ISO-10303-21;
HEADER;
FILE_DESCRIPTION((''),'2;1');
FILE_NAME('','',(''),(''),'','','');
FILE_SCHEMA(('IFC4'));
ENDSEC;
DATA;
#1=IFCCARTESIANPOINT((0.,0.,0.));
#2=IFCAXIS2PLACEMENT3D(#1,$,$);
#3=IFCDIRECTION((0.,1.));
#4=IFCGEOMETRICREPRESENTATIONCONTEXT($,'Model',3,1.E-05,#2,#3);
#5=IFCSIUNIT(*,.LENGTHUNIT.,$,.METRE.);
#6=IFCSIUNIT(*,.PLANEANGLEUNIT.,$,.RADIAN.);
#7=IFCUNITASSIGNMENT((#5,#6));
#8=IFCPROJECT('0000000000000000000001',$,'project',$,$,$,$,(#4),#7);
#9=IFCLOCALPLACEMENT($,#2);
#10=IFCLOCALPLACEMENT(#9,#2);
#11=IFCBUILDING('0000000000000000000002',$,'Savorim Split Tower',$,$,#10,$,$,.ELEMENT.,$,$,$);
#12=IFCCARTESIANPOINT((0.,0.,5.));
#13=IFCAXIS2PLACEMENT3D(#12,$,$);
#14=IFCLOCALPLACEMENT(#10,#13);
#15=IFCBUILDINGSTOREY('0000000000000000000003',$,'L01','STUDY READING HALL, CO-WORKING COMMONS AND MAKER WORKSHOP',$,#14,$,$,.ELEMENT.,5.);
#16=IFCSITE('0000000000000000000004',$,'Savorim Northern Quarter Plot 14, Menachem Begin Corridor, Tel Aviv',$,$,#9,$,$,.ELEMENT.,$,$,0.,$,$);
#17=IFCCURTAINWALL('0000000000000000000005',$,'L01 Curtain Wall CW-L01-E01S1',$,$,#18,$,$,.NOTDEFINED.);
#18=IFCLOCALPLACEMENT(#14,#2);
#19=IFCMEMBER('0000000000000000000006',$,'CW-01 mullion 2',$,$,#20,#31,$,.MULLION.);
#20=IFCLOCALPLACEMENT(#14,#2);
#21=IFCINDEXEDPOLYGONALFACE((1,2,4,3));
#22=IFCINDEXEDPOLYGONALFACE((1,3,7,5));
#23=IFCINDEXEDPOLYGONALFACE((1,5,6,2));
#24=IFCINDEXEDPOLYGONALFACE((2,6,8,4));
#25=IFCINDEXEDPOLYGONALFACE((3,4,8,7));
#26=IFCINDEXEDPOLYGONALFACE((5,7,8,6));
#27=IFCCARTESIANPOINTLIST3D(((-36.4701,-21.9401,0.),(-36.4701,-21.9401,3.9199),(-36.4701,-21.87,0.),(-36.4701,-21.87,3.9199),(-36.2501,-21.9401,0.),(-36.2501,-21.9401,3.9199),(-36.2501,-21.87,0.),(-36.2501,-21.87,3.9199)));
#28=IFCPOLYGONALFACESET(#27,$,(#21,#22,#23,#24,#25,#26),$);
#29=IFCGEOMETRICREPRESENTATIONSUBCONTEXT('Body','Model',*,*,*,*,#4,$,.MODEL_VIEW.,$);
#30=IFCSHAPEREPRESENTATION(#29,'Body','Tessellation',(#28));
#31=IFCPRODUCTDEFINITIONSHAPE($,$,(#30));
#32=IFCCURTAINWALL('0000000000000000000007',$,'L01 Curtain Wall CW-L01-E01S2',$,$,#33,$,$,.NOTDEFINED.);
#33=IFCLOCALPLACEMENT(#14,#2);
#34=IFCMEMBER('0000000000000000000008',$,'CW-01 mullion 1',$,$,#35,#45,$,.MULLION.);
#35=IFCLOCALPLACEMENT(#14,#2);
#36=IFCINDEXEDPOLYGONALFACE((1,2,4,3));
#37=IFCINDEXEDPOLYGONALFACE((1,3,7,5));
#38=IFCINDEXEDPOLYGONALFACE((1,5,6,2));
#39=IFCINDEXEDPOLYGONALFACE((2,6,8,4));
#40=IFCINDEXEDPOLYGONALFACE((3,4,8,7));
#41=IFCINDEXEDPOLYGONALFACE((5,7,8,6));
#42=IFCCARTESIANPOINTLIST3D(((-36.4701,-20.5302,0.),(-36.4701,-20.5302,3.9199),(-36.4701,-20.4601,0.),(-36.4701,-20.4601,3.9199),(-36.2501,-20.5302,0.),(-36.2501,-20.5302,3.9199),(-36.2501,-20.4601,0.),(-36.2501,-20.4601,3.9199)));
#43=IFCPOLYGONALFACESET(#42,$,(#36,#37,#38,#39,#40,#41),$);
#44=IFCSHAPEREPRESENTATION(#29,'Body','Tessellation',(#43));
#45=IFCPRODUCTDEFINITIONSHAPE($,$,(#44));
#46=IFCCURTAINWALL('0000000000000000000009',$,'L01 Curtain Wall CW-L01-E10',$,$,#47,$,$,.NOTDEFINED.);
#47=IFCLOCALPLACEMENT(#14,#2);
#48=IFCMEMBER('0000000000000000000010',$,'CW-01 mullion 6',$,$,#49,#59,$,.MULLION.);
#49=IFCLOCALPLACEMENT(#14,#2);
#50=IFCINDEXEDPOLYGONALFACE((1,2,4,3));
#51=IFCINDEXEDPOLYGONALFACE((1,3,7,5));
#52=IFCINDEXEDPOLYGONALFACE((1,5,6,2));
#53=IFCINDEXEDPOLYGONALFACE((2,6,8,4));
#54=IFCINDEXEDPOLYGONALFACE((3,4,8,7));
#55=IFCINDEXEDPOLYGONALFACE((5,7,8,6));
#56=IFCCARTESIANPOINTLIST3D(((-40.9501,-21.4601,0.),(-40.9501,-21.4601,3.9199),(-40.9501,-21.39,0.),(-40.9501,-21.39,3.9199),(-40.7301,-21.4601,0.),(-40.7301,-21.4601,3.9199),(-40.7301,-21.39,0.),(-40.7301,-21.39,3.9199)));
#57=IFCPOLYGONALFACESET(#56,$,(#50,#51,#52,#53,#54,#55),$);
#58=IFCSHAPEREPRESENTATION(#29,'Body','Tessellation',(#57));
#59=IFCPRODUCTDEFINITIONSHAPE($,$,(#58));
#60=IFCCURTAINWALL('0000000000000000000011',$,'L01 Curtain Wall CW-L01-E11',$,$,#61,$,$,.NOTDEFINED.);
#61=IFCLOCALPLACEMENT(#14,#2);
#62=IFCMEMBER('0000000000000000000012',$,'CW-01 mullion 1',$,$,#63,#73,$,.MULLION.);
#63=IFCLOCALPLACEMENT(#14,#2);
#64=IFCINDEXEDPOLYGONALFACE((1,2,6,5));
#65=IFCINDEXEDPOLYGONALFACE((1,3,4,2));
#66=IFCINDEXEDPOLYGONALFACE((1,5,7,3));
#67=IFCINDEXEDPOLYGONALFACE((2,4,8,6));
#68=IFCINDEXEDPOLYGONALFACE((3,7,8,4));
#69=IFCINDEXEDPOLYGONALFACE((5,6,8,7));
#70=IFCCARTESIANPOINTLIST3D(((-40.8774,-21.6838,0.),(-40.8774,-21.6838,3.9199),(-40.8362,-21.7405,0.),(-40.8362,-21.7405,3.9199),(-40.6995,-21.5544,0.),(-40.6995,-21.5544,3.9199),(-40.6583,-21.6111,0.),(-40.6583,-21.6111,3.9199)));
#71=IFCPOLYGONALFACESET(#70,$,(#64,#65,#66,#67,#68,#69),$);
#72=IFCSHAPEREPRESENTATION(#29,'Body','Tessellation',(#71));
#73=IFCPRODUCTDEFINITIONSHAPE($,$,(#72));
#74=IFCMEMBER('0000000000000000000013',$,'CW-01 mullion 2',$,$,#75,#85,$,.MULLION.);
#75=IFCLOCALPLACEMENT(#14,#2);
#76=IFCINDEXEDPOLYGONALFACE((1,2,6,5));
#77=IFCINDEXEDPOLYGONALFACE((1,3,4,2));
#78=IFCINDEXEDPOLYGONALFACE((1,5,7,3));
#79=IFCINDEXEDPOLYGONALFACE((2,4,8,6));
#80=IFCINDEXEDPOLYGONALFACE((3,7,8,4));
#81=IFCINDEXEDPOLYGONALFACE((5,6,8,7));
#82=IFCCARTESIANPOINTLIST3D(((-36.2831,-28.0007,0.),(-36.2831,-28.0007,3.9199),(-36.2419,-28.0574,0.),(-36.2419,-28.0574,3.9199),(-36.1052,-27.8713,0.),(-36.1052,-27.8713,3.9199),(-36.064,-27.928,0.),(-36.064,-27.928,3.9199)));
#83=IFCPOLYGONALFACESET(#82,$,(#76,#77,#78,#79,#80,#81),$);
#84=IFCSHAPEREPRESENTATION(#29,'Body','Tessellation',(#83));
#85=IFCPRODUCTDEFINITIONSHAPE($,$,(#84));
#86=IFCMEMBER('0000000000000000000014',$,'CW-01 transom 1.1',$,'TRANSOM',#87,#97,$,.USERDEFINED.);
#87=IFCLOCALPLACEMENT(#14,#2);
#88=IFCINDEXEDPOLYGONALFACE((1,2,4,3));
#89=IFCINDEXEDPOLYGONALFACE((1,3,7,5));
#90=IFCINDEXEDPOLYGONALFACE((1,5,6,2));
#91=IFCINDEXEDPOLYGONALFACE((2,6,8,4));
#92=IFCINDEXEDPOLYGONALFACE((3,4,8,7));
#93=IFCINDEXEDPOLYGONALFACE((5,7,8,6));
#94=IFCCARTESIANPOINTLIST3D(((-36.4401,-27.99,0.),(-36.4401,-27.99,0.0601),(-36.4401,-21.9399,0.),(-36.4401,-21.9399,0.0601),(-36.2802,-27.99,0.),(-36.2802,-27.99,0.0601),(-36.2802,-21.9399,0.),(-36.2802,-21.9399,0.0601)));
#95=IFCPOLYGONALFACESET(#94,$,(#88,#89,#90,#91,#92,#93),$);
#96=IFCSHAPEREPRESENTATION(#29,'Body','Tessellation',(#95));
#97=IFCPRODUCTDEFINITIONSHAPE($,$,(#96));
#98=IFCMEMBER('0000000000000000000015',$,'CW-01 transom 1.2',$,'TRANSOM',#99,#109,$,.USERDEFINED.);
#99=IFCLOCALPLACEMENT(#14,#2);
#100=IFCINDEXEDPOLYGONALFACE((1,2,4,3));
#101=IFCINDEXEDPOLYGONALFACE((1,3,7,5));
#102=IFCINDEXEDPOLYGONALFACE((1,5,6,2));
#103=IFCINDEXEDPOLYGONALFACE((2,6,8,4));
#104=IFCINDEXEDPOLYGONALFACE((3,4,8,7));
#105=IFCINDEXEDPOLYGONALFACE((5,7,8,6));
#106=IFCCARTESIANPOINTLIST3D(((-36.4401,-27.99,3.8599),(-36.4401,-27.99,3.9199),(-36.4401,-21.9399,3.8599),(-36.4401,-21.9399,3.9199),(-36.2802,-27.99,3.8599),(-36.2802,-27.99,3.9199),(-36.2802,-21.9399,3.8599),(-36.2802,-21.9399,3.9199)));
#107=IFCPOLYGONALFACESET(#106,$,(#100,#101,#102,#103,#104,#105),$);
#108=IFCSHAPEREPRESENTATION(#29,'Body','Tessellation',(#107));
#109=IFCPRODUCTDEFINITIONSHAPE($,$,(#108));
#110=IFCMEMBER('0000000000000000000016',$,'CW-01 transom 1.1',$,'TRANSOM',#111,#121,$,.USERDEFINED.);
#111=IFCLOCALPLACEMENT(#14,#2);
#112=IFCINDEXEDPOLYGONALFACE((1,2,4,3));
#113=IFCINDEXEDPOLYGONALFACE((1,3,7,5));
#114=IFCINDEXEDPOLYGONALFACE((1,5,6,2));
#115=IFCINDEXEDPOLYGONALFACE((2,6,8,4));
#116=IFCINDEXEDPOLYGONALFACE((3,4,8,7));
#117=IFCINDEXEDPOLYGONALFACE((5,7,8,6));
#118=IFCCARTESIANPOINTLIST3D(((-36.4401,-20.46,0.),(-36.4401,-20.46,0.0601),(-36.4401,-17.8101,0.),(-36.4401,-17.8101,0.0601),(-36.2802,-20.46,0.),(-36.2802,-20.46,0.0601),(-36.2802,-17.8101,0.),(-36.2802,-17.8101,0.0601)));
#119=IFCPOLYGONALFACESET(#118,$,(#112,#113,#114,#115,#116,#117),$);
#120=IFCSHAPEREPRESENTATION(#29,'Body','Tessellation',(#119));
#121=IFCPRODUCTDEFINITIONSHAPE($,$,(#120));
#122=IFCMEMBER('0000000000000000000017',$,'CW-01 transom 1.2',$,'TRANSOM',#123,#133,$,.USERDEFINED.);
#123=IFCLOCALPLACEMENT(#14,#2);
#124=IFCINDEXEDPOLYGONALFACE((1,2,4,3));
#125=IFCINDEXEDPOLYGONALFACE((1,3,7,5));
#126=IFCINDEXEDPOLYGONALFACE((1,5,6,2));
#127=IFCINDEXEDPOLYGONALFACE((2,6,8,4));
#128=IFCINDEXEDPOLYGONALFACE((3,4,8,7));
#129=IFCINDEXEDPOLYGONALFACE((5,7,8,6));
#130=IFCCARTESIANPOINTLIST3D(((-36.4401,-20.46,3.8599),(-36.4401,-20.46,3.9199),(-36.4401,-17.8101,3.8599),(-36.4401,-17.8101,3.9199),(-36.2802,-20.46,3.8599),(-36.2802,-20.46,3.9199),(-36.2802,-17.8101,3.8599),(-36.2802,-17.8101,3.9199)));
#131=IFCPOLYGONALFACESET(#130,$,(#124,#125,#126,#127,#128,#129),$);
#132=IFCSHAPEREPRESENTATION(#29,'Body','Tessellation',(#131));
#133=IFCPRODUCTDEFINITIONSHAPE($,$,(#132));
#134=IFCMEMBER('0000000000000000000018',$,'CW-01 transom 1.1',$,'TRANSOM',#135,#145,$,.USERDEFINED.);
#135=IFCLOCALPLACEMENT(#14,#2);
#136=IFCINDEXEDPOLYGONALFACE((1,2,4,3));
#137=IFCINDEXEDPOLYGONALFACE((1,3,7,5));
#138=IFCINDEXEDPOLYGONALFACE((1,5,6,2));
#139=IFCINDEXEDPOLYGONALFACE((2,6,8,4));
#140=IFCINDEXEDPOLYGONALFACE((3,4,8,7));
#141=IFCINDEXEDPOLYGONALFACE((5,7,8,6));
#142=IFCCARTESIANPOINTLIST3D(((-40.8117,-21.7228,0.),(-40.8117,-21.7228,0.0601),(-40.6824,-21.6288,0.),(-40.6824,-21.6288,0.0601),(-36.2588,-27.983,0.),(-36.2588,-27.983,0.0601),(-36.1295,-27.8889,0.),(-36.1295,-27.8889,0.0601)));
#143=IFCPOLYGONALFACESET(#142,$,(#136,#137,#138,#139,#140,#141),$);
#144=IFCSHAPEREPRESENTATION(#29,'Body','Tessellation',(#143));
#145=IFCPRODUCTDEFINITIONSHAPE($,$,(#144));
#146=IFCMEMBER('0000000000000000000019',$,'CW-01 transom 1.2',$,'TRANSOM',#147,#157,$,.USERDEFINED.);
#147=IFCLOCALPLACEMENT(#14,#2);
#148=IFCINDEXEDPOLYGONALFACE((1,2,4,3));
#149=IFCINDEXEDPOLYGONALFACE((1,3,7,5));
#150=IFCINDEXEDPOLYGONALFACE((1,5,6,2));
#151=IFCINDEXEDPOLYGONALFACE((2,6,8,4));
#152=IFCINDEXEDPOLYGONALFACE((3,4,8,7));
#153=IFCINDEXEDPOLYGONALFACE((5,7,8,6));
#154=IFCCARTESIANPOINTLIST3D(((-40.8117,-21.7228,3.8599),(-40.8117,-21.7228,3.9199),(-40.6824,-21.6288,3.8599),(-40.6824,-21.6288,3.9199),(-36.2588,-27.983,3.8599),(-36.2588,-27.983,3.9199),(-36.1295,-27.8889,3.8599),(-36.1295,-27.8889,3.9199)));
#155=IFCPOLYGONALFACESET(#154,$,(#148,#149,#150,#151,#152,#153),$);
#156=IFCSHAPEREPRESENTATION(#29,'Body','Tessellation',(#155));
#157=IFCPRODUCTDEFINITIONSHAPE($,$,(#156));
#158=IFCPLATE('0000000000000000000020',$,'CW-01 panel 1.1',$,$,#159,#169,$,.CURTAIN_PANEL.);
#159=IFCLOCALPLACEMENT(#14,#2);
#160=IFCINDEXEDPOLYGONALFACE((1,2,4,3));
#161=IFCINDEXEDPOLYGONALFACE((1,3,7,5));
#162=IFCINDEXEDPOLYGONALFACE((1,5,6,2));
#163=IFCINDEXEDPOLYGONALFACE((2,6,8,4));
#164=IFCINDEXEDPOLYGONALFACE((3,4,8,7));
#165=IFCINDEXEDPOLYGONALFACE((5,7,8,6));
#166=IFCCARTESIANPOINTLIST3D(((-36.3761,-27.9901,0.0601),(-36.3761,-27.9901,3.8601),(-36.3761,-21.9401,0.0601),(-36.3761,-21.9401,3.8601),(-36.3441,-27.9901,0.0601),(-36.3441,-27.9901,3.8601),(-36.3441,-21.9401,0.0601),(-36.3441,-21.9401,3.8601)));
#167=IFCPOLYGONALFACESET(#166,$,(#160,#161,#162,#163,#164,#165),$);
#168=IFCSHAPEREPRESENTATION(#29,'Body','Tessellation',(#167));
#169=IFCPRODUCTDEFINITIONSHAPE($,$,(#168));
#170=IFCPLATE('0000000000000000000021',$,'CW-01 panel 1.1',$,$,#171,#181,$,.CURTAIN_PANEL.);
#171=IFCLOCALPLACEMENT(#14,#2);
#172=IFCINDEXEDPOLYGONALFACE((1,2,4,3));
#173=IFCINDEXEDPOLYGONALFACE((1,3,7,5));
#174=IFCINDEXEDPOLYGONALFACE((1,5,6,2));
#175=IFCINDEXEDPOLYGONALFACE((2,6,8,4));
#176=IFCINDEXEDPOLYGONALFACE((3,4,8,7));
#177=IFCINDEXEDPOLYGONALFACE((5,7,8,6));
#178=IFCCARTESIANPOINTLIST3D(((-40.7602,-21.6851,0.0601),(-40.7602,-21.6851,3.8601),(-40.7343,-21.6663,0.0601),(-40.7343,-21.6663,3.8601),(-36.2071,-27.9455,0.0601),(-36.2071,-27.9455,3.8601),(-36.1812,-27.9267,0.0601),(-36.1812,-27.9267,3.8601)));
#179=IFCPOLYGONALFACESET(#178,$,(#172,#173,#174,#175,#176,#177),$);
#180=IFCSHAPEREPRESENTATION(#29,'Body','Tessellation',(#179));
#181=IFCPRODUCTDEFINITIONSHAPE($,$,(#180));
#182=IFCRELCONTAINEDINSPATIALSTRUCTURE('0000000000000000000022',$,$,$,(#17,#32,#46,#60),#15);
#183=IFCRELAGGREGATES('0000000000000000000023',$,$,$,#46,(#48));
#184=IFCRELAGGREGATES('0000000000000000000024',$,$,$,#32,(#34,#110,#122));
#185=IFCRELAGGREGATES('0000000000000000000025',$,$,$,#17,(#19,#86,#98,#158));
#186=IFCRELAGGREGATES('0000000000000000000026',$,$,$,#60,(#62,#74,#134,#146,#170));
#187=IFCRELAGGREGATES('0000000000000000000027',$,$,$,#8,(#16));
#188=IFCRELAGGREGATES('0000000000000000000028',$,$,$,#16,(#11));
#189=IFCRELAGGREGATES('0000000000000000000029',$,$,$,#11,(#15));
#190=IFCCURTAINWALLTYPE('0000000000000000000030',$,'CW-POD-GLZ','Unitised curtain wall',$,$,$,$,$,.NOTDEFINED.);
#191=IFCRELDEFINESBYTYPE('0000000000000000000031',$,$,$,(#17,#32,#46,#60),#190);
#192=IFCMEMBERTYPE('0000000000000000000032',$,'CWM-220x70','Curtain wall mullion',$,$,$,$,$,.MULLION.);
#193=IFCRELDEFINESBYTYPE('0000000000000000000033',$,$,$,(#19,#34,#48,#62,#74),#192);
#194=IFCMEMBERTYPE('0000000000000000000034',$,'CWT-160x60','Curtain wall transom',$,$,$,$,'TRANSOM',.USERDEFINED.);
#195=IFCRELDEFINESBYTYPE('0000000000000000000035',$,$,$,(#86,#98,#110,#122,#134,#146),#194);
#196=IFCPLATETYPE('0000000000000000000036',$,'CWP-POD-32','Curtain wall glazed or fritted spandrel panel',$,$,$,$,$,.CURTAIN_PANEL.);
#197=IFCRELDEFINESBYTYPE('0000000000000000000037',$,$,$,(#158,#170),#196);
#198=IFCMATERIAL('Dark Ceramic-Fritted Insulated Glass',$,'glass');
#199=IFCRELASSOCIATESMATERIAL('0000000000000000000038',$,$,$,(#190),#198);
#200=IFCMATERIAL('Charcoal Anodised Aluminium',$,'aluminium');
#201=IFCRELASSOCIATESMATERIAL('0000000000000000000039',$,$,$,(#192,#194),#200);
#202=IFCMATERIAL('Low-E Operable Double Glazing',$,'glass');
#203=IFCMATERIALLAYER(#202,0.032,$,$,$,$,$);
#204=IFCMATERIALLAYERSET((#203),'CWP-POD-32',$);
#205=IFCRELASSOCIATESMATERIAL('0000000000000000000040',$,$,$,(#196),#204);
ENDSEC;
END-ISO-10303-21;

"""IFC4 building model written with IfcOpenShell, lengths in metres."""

from ifc_helpers import new_model, si_unit, direction, frame, origin, origin_2d, place, context, subcontext, project, spatial, rectangle, extrude, material, layer, layer_set, material_profile, profile_set, type_object, element, aggregate, save


model = new_model("IFC4")

# Units and contexts
model_context = context("Model", 3, precision=1e-05, world=origin(), true_north=direction((0.0, 1.0)))
body_context = subcontext(model_context, "Body", "Model", "MODEL_VIEW")
ifc_project = project(units=[si_unit("LENGTHUNIT", "METRE"), si_unit("PLANEANGLEUNIT", "RADIAN")], contexts=[model_context])

# Site, building, storey
site_placement = place(None, origin())
site = spatial("IfcSite", under=ifc_project, at=site_placement, Name="Savorim Northern Quarter Plot 14, Menachem Begin Corridor, Tel Aviv", CompositionType="ELEMENT", RefElevation=0.0)
building_placement = place(site_placement, origin())
building = spatial("IfcBuilding", under=site, at=building_placement, Name="Savorim Split Tower", CompositionType="ELEMENT")
storey_placement = place(building_placement, frame((0.0, 0.0, 5.0)))
storey = spatial("IfcBuildingStorey", under=building, at=storey_placement, Name="L01", Description="STUDY READING HALL, CO-WORKING COMMONS AND MAKER WORKSHOP", CompositionType="ELEMENT", Elevation=5.0)

# Curtain wall, member
ifc_material_1 = material(Name="Dark Ceramic-Fritted Insulated Glass", Category="glass")
curtain_wall_type = type_object("IfcCurtainWallType", Name="CW-POD-GLZ", Description="Unitised curtain wall", PredefinedType="NOTDEFINED", material=ifc_material_1)
curtain_wall_1_placement = place(storey_placement, origin())
curtain_wall_1 = element("IfcCurtainWall", 1, at=curtain_wall_1_placement, inside=storey, type_object=curtain_wall_type, Name="L01 Curtain Wall CW-L01-E01S1", PredefinedType="NOTDEFINED")
ifc_material_2 = material(Name="Charcoal Anodised Aluminium", Category="aluminium")
ifc_material_profile_1 = material_profile(ifc_material_2, rectangle(XDim=0.22, YDim=0.0701, at=origin_2d()), Name="ALU-M 220x70")
ifc_profile_set_1 = profile_set([ifc_material_profile_1], Name="Charcoal Anodised Aluminium")
member_type_1 = type_object("IfcMemberType", Name="CWM-220x70", Description="Curtain wall mullion", PredefinedType="MULLION", material=ifc_profile_set_1)
member_1_placement = place(storey_placement, frame((-36.3601, -21.905, 0.0), z_axis=(0.0, 0.0, 1.0), x_axis=(-1.0, 0.0, 0.0)))
member_1 = element("IfcMember", 2, at=member_1_placement, type_object=member_type_1, Name="CW-01 mullion 2", PredefinedType="MULLION", context=body_context, shape_type="SweptSolid", body=[
    extrude(rectangle(XDim=0.22, YDim=0.0701, at=origin_2d()), origin(), (0.0, 0.0, 1.0), 3.9199),
])

# Curtain walls, members
curtain_wall_2_placement = place(storey_placement, origin())
curtain_wall_2 = element("IfcCurtainWall", 3, at=curtain_wall_2_placement, inside=storey, type_object=curtain_wall_type, Name="L01 Curtain Wall CW-L01-E01S2", PredefinedType="NOTDEFINED")
member_2_placement = place(storey_placement, frame((-36.3601, -20.4951, 0.0), z_axis=(0.0, 0.0, 1.0), x_axis=(-1.0, 0.0, 0.0)))
member_2 = element("IfcMember", 4, at=member_2_placement, type_object=member_type_1, Name="CW-01 mullion 1", PredefinedType="MULLION", context=body_context, shape_type="SweptSolid", body=[
    extrude(rectangle(XDim=0.22, YDim=0.0701, at=origin_2d()), origin(), (0.0, 0.0, 1.0), 3.9199),
])
curtain_wall_3_placement = place(storey_placement, origin())
curtain_wall_3 = element("IfcCurtainWall", 5, at=curtain_wall_3_placement, inside=storey, type_object=curtain_wall_type, Name="L01 Curtain Wall CW-L01-E10", PredefinedType="NOTDEFINED")
member_3_placement = place(storey_placement, frame((-40.8401, -21.425, 0.0), z_axis=(0.0, 0.0, 1.0), x_axis=(1.0, 0.0, 0.0)))
member_3 = element("IfcMember", 6, at=member_3_placement, type_object=member_type_1, Name="CW-01 mullion 6", PredefinedType="MULLION", context=body_context, shape_type="SweptSolid", body=[
    extrude(rectangle(XDim=0.22, YDim=0.0701, at=origin_2d()), origin(), (0.0, 0.0, 1.0), 3.9199),
])
aggregate(curtain_wall_3, [member_3])

# Curtain wall, members
curtain_wall_4_placement = place(storey_placement, origin())
curtain_wall_4 = element("IfcCurtainWall", 7, at=curtain_wall_4_placement, inside=storey, type_object=curtain_wall_type, Name="L01 Curtain Wall CW-L01-E11", PredefinedType="NOTDEFINED")
member_4_placement = place(storey_placement, frame((-40.7678, -21.6475, 0.0), z_axis=(0.0, 0.0, 1.0), x_axis=(0.808733, 0.588176, 0.0)))
member_4 = element("IfcMember", 8, at=member_4_placement, type_object=member_type_1, Name="CW-01 mullion 1", PredefinedType="MULLION", context=body_context, shape_type="SweptSolid", body=[
    extrude(rectangle(XDim=0.22, YDim=0.0701, at=origin_2d()), origin(), (0.0, 0.0, 1.0), 3.9199),
])
member_5_placement = place(storey_placement, frame((-36.1736, -27.9644, 0.0), z_axis=(0.0, 0.0, 1.0), x_axis=(0.808733, 0.588176, 0.0)))
member_5 = element("IfcMember", 9, at=member_5_placement, type_object=member_type_1, Name="CW-01 mullion 2", PredefinedType="MULLION", context=body_context, shape_type="SweptSolid", body=[
    extrude(rectangle(XDim=0.22, YDim=0.0701, at=origin_2d()), origin(), (0.0, 0.0, 1.0), 3.9199),
])

# Members
ifc_material_profile_2 = material_profile(ifc_material_2, rectangle(XDim=0.1599, YDim=0.0601, at=origin_2d()), Name="ALU-T 160x60")
ifc_profile_set_2 = profile_set([ifc_material_profile_2], Name="Charcoal Anodised Aluminium")
member_type_2 = type_object("IfcMemberType", Name="CWT-160x60", Description="Curtain wall transom", ElementType="TRANSOM", PredefinedType="USERDEFINED", material=ifc_profile_set_2)
member_6_placement = place(storey_placement, frame((-36.3601, -27.99, 0.03), z_axis=(0.0, 1.0, 0.0), x_axis=(-1.0, 0.0, 0.0)))
member_6 = element("IfcMember", 10, at=member_6_placement, type_object=member_type_2, Name="CW-01 transom 1.1", ObjectType="TRANSOM", PredefinedType="USERDEFINED", context=body_context, shape_type="SweptSolid", body=[
    extrude(rectangle(XDim=0.1599, YDim=0.0601, at=origin_2d()), origin(), (0.0, 0.0, 1.0), 6.05),
])
member_7_placement = place(storey_placement, frame((-36.3601, -27.99, 3.8899), z_axis=(0.0, 1.0, 0.0), x_axis=(-1.0, 0.0, 0.0)))
member_7 = element("IfcMember", 11, at=member_7_placement, type_object=member_type_2, Name="CW-01 transom 1.2", ObjectType="TRANSOM", PredefinedType="USERDEFINED", context=body_context, shape_type="SweptSolid", body=[
    extrude(rectangle(XDim=0.1599, YDim=0.0601, at=origin_2d()), origin(), (0.0, 0.0, 1.0), 6.05),
])
member_8_placement = place(storey_placement, frame((-36.3601, -20.46, 0.03), z_axis=(0.0, 1.0, 0.0), x_axis=(-1.0, 0.0, 0.0)))
member_8 = element("IfcMember", 12, at=member_8_placement, type_object=member_type_2, Name="CW-01 transom 1.1", ObjectType="TRANSOM", PredefinedType="USERDEFINED", context=body_context, shape_type="SweptSolid", body=[
    extrude(rectangle(XDim=0.1599, YDim=0.0601, at=origin_2d()), origin(), (0.0, 0.0, 1.0), 2.6499),
])
member_9_placement = place(storey_placement, frame((-36.3601, -20.46, 3.8899), z_axis=(0.0, 1.0, 0.0), x_axis=(-1.0, 0.0, 0.0)))
member_9 = element("IfcMember", 13, at=member_9_placement, type_object=member_type_2, Name="CW-01 transom 1.2", ObjectType="TRANSOM", PredefinedType="USERDEFINED", context=body_context, shape_type="SweptSolid", body=[
    extrude(rectangle(XDim=0.1599, YDim=0.0601, at=origin_2d()), origin(), (0.0, 0.0, 1.0), 2.6499),
])
aggregate(curtain_wall_2, [member_2, member_8, member_9])
member_10_placement = place(storey_placement, frame((-40.7471, -21.6758, 0.03), z_axis=(0.588177, -0.808732, 0.0), x_axis=(0.808732, 0.588177, 0.0)))
member_10 = element("IfcMember", 14, at=member_10_placement, type_object=member_type_2, Name="CW-01 transom 1.1", ObjectType="TRANSOM", PredefinedType="USERDEFINED", context=body_context, shape_type="SweptSolid", body=[
    extrude(rectangle(XDim=0.1599, YDim=0.0601, at=origin_2d()), origin(), (0.0, 0.0, 1.0), 7.7407),
])
member_11_placement = place(storey_placement, frame((-40.7471, -21.6758, 3.8899), z_axis=(0.588177, -0.808732, 0.0), x_axis=(0.808732, 0.588177, 0.0)))
member_11 = element("IfcMember", 15, at=member_11_placement, type_object=member_type_2, Name="CW-01 transom 1.2", ObjectType="TRANSOM", PredefinedType="USERDEFINED", context=body_context, shape_type="SweptSolid", body=[
    extrude(rectangle(XDim=0.1599, YDim=0.0601, at=origin_2d()), origin(), (0.0, 0.0, 1.0), 7.7407),
])

# Plates
ifc_material_3 = material(Name="Low-E Operable Double Glazing", Category="glass")
ifc_layer = layer(ifc_material_3, 0.032)
ifc_layer_set = layer_set([ifc_layer], Name="CWP-POD-32")
plate_type = type_object("IfcPlateType", Name="CWP-POD-32", Description="Curtain wall glazed or fritted spandrel panel", PredefinedType="CURTAIN_PANEL", material=ifc_layer_set)
plate_1_placement = place(storey_placement, frame((-36.3601, -24.9651, 0.0601), z_axis=(0.0, 0.0, 1.0), x_axis=(0.0, 1.0, 0.0)))
plate_1 = element("IfcPlate", 16, at=plate_1_placement, type_object=plate_type, Name="CW-01 panel 1.1", PredefinedType="CURTAIN_PANEL", context=body_context, shape_type="SweptSolid", body=[
    extrude(rectangle(XDim=6.05, YDim=0.032, at=origin_2d()), origin(), (0.0, 0.0, 1.0), 3.8),
])
aggregate(curtain_wall_1, [member_1, member_6, member_7, plate_1])
plate_2_placement = place(storey_placement, frame((-38.4707, -24.8059, 0.0601), z_axis=(0.0, 0.0, 1.0), x_axis=(0.588176, -0.808733, 0.0)))
plate_2 = element("IfcPlate", 17, at=plate_2_placement, type_object=plate_type, Name="CW-01 panel 1.1", PredefinedType="CURTAIN_PANEL", context=body_context, shape_type="SweptSolid", body=[
    extrude(rectangle(XDim=7.741, YDim=0.032, at=origin_2d()), origin(), (0.0, 0.0, 1.0), 3.8),
])
aggregate(curtain_wall_4, [member_4, member_5, member_10, member_11, plate_2])

save(model, "model.ifc")
